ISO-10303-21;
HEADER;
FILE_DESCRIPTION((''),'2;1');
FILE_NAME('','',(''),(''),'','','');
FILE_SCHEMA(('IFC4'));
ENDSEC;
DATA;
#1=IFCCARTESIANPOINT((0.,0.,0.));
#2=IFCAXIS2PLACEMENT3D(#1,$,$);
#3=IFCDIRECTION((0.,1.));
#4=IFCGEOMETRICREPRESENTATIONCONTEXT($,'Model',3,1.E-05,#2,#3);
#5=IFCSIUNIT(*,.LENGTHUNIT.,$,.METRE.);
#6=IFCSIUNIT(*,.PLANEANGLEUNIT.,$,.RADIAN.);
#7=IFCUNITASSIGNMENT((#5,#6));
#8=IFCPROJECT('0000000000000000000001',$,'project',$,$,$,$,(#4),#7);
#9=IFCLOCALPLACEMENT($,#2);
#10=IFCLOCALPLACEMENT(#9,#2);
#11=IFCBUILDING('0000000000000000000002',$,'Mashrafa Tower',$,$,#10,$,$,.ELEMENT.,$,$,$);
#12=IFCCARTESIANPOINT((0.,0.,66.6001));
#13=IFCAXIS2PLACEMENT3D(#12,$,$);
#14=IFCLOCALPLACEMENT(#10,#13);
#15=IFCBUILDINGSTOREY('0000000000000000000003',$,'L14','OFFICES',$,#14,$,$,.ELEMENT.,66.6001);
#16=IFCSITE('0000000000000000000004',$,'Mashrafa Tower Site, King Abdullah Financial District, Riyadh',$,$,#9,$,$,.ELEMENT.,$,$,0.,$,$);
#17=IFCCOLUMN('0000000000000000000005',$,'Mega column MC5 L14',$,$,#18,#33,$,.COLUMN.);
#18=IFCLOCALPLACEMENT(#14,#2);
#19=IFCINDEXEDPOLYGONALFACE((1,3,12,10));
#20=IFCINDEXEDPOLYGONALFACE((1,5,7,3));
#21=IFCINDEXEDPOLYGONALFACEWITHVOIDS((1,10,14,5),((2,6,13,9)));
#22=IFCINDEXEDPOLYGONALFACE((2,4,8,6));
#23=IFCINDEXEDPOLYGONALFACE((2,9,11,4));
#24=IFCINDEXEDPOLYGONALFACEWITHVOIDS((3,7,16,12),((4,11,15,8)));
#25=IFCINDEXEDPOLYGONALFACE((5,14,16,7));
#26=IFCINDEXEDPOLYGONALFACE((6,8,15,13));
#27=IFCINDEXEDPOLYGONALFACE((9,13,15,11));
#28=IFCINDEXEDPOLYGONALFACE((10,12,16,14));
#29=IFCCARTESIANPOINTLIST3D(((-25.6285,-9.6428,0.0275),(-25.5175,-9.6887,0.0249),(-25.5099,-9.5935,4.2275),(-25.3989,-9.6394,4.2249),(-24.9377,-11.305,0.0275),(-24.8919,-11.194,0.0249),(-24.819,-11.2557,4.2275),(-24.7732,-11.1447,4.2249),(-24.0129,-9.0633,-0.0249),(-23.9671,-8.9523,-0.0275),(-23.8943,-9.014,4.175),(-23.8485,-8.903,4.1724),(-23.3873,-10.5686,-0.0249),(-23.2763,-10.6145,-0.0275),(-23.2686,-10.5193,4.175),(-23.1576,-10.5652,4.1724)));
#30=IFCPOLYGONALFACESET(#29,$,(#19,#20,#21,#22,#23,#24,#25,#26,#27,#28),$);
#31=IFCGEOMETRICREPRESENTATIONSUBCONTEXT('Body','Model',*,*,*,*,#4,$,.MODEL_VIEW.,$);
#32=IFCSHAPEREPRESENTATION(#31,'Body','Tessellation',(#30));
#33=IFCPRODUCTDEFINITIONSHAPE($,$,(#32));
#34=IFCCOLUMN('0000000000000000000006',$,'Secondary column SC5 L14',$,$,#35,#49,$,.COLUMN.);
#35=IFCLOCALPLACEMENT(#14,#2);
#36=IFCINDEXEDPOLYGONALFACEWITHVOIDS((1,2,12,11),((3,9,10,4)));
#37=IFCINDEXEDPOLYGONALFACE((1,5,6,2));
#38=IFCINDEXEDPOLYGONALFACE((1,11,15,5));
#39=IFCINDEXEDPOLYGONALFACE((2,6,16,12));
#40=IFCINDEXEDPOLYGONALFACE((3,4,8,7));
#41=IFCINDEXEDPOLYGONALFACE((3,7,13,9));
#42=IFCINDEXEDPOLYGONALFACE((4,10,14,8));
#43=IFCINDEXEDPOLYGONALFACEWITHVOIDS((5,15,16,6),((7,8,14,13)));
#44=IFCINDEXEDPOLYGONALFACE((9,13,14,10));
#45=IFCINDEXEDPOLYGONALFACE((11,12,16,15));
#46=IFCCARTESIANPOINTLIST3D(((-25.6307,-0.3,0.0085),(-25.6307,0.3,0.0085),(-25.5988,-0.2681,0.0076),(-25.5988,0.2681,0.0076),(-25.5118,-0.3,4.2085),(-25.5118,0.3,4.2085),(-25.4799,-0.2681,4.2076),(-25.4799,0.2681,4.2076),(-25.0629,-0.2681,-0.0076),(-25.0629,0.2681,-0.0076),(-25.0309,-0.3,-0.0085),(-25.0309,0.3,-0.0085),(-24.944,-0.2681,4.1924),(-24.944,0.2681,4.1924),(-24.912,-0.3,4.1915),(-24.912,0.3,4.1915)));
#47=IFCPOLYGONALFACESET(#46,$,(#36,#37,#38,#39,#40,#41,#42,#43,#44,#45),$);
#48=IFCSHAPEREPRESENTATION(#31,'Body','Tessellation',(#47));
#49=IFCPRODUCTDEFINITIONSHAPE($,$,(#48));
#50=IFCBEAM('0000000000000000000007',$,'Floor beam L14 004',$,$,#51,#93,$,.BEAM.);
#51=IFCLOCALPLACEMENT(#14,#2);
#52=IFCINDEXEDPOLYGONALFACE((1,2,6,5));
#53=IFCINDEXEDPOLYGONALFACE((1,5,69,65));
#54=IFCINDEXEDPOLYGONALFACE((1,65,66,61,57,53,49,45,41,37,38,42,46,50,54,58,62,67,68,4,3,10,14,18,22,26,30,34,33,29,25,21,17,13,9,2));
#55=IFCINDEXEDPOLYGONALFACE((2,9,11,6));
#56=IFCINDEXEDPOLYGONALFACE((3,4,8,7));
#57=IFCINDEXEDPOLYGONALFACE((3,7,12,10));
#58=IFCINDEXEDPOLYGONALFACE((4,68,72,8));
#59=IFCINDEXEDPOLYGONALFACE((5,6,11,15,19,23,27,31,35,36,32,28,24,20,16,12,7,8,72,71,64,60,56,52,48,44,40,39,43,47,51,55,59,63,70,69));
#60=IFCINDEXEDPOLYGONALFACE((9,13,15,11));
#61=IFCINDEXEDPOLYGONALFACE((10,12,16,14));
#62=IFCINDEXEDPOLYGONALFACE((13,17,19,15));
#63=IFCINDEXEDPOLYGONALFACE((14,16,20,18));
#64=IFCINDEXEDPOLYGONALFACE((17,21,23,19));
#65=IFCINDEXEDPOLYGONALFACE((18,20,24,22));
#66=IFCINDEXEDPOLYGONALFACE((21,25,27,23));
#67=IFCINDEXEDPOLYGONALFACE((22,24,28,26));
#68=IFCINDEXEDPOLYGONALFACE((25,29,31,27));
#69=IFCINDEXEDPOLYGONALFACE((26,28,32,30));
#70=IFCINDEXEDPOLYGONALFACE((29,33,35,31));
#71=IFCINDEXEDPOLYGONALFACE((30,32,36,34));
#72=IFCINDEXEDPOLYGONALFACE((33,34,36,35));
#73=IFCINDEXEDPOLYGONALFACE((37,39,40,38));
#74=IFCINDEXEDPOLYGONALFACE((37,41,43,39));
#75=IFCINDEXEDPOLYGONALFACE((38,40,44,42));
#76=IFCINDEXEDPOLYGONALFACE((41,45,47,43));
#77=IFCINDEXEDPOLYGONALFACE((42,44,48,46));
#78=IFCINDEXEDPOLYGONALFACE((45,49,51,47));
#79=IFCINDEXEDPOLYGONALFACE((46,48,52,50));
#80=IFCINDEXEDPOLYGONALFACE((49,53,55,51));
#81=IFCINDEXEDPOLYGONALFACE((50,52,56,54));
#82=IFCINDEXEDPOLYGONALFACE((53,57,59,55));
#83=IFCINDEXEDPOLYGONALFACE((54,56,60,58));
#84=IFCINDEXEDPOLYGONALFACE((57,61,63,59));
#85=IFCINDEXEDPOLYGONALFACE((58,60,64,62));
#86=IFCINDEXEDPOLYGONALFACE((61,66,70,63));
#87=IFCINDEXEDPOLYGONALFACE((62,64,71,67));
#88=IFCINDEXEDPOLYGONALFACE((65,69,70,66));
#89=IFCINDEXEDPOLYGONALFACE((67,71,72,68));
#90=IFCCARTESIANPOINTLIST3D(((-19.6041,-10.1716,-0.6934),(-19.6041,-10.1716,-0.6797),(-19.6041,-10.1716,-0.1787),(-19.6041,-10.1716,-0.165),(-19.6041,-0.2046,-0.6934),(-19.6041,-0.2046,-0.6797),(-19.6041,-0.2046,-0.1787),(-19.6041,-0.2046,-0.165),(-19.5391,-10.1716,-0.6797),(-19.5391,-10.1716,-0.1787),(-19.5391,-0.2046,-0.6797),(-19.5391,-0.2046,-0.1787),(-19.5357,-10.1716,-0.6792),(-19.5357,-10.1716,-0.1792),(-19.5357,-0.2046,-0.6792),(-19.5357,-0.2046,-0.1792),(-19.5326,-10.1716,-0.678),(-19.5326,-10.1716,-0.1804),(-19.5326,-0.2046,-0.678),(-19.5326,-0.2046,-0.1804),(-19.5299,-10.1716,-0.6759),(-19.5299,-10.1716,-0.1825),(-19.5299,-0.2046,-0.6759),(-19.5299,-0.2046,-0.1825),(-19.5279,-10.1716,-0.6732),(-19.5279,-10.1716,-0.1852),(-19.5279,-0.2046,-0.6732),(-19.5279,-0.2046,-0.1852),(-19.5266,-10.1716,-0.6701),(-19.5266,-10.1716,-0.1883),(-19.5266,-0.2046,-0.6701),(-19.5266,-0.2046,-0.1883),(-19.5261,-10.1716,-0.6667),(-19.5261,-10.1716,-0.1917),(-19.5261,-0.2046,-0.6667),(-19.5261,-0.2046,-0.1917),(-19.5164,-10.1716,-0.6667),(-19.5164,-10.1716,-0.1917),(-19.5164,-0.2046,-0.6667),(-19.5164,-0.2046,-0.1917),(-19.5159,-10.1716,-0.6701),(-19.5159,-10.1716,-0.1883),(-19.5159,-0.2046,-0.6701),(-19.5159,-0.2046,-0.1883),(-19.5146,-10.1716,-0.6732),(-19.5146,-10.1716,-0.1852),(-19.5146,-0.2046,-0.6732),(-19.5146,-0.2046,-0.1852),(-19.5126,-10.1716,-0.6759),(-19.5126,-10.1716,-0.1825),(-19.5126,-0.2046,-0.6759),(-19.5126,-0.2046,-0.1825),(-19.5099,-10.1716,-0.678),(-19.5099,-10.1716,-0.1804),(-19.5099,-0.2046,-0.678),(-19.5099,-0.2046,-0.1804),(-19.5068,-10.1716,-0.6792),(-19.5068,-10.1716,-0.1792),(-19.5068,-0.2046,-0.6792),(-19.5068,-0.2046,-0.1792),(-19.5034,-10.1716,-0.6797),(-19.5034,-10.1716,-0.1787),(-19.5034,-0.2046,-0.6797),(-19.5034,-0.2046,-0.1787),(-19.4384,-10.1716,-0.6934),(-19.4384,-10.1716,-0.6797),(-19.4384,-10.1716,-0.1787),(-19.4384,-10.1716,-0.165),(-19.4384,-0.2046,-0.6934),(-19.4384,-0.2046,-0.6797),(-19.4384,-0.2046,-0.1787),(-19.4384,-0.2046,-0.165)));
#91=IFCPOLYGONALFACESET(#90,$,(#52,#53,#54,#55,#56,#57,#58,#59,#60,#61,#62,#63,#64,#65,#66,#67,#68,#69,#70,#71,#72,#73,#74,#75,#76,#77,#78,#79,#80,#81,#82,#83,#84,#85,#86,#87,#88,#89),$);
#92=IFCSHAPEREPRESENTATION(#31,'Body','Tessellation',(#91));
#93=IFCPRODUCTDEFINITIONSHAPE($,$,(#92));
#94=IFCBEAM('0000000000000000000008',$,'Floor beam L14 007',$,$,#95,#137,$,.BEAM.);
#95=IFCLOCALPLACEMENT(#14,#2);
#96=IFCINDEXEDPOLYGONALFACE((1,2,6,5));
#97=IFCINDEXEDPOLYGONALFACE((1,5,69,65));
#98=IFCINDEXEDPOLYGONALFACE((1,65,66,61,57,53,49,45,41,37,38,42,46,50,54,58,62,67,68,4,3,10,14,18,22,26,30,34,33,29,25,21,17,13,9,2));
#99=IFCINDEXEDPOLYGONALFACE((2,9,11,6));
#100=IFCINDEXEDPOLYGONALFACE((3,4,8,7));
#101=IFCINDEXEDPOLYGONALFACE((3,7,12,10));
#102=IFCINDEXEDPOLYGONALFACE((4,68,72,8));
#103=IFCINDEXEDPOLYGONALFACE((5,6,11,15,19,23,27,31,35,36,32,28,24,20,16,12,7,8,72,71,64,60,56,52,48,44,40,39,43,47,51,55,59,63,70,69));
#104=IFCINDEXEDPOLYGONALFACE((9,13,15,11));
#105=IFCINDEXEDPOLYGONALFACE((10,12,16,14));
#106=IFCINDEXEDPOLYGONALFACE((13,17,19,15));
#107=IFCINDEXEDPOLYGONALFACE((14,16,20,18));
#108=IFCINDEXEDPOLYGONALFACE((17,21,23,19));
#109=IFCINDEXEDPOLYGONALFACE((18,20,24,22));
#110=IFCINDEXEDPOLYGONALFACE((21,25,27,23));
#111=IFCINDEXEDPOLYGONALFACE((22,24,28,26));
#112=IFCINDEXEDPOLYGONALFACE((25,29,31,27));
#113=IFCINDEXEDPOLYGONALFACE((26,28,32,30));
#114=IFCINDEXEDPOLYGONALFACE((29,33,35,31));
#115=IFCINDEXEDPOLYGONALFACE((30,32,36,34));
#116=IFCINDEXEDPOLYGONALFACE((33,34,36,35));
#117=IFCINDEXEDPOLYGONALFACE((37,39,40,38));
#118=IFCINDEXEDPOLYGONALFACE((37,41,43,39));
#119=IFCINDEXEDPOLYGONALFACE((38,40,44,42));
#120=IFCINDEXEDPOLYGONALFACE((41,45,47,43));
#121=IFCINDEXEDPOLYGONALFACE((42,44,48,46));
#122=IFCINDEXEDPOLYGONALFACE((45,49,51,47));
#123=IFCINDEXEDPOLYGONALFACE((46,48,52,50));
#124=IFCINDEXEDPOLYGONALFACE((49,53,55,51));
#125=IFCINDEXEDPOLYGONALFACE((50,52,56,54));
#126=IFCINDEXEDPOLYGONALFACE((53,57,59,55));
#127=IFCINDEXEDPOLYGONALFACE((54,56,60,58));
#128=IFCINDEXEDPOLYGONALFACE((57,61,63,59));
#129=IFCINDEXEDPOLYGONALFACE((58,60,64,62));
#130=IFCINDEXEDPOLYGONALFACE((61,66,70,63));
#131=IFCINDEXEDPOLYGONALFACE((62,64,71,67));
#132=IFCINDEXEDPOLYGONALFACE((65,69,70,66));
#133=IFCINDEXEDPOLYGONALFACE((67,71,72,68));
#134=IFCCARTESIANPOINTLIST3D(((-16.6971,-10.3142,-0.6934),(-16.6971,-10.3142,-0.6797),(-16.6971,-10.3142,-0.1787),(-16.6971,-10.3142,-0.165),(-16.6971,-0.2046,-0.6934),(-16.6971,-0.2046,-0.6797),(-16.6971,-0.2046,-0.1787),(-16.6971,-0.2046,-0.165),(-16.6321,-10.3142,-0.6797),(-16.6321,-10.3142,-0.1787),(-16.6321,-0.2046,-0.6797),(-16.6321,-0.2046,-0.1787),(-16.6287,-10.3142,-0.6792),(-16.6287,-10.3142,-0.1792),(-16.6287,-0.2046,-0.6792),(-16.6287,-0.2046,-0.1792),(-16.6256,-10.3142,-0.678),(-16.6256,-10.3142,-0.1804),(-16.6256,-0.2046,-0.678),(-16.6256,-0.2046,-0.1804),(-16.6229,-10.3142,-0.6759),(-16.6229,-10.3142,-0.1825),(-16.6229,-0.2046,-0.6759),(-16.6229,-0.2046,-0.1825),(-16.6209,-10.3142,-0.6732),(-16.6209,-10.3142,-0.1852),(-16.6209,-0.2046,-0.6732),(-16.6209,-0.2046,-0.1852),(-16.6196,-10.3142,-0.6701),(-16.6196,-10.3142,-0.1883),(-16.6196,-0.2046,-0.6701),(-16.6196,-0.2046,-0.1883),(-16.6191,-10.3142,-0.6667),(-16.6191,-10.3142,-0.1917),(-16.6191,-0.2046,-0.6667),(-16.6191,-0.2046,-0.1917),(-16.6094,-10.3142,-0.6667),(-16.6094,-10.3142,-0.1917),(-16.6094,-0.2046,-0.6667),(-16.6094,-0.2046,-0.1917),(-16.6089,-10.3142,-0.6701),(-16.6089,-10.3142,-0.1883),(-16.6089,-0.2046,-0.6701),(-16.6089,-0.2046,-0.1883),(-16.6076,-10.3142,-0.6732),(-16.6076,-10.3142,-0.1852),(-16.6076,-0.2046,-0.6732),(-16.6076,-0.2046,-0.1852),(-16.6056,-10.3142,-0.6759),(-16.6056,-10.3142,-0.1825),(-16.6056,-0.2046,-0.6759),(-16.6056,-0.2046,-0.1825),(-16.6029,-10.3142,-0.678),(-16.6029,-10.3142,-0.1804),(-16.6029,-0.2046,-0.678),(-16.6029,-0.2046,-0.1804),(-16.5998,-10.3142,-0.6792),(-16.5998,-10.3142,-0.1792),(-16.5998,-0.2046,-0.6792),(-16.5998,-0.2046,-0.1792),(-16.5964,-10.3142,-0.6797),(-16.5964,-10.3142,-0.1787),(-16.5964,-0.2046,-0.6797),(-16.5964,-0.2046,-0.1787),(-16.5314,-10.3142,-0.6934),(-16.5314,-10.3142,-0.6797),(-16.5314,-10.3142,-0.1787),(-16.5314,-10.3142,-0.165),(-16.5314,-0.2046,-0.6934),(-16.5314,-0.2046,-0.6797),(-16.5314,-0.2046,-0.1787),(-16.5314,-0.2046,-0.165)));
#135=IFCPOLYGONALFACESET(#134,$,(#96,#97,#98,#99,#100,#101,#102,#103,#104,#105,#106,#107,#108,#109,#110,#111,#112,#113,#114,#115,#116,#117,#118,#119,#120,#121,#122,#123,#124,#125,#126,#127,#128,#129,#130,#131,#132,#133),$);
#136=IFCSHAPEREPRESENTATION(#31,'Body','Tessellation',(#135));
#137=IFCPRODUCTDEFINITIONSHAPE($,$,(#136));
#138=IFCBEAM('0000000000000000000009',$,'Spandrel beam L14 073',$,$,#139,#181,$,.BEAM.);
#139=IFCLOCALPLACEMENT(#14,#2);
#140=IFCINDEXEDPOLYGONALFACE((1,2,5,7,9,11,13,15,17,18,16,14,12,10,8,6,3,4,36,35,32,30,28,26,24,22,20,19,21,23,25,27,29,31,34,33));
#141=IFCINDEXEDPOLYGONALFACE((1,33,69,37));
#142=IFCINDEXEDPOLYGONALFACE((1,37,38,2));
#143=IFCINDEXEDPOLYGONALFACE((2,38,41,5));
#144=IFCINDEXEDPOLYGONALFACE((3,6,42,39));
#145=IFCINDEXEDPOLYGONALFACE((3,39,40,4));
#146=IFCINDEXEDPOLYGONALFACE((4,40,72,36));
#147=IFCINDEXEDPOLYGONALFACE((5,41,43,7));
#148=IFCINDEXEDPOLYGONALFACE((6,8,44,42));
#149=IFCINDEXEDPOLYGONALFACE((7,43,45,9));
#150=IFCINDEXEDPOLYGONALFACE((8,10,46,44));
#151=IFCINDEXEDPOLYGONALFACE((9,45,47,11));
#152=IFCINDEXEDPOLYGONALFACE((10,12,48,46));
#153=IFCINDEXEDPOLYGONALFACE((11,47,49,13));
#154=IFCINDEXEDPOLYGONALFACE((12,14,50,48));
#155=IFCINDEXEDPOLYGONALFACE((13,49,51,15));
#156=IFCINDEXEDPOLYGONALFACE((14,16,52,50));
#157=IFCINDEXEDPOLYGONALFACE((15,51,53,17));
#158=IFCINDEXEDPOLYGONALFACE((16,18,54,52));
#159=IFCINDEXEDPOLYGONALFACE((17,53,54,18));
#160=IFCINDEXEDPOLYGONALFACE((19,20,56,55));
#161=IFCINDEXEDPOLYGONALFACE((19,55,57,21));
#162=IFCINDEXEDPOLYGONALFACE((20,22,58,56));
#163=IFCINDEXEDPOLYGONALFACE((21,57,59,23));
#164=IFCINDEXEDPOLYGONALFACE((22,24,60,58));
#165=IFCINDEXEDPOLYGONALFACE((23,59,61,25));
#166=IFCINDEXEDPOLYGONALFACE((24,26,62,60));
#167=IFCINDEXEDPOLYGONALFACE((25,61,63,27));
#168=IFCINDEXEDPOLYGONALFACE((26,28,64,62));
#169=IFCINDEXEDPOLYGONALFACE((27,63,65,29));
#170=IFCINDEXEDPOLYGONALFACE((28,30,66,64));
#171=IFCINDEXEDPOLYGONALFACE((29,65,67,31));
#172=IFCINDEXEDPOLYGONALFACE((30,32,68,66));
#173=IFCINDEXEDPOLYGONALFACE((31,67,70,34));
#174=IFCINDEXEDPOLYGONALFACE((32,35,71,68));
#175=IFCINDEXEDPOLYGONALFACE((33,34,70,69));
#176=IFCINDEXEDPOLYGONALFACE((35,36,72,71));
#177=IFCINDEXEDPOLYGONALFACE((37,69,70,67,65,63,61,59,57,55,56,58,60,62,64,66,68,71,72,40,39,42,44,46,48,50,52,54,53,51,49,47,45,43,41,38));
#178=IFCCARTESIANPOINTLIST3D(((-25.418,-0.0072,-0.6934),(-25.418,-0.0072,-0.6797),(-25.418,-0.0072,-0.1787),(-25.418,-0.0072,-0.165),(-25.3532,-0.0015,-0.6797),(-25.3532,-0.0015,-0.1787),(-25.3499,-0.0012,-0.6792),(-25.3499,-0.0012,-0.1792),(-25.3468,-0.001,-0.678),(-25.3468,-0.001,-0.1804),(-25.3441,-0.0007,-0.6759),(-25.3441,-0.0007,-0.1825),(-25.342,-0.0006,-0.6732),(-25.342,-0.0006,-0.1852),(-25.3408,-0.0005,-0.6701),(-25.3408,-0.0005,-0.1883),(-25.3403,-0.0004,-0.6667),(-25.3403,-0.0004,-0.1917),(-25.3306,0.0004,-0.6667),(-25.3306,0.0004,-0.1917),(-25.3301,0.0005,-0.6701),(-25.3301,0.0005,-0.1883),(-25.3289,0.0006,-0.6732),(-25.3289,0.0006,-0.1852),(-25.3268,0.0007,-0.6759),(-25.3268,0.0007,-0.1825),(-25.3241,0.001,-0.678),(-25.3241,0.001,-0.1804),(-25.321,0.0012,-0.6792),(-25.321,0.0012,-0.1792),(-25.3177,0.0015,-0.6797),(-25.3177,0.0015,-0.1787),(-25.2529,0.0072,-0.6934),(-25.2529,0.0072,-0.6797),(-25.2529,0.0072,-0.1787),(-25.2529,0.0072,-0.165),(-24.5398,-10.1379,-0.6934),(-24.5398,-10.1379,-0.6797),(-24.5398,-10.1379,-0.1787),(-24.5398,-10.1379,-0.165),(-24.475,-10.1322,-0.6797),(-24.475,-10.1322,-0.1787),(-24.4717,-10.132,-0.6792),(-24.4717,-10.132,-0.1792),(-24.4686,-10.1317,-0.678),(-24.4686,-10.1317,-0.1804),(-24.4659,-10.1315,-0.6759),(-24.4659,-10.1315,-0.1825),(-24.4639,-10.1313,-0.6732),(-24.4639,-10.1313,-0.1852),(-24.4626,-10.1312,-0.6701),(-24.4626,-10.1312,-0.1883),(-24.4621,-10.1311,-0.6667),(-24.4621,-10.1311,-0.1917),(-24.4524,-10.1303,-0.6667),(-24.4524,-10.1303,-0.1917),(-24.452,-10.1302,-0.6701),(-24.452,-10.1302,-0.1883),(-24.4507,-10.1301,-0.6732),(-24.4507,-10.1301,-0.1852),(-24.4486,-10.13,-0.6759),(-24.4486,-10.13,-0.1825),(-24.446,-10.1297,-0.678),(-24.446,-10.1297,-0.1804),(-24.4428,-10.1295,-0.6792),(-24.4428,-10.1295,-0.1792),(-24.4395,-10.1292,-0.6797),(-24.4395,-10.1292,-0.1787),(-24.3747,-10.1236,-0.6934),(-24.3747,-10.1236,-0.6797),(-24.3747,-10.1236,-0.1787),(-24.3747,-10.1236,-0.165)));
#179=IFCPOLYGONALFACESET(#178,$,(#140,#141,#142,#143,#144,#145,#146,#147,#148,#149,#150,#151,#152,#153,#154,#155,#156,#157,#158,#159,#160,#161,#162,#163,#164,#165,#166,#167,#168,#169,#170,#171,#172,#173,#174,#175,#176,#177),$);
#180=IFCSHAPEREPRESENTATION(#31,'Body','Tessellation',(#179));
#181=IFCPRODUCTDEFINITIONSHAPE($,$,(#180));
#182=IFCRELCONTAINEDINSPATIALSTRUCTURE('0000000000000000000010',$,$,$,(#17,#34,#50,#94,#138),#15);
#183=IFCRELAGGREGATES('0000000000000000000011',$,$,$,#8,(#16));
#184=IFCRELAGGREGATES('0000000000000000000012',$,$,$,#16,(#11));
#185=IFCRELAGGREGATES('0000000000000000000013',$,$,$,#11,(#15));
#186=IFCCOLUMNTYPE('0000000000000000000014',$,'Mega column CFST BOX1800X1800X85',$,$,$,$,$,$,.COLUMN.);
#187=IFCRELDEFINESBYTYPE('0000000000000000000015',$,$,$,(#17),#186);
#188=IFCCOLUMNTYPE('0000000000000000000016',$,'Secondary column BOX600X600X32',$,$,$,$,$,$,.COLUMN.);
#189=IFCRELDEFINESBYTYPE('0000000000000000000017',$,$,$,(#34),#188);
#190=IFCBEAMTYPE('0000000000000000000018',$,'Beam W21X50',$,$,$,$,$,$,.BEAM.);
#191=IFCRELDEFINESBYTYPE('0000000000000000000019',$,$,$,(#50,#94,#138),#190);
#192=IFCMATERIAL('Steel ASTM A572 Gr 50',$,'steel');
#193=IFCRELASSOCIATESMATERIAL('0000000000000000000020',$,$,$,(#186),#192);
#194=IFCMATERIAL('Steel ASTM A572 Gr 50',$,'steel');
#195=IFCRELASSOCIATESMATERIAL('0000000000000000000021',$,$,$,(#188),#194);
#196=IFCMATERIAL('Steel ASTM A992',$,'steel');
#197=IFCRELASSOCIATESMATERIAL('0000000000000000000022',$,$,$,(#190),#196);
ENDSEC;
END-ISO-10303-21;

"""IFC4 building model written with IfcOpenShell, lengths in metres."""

from ifc_helpers import new_model, si_unit, direction, frame, origin, origin_2d, place, context, subcontext, project, spatial, hollow_rectangle, i_section, extrude, material, material_profile, profile_set, type_object, element, save


model = new_model("IFC4")

# Units and contexts
model_context = context("Model", 3, precision=1e-05, world=origin(), true_north=direction((0.0, 1.0)))
body_context = subcontext(model_context, "Body", "Model", "MODEL_VIEW")
ifc_project = project(units=[si_unit("LENGTHUNIT", "METRE"), si_unit("PLANEANGLEUNIT", "RADIAN")], contexts=[model_context])

# Site, building, storey
site_placement = place(None, origin())
site = spatial("IfcSite", under=ifc_project, at=site_placement, Name="Mashrafa Tower Site, King Abdullah Financial District, Riyadh", CompositionType="ELEMENT", RefElevation=0.0)
building_placement = place(site_placement, origin())
building = spatial("IfcBuilding", under=site, at=building_placement, Name="Mashrafa Tower", CompositionType="ELEMENT")
storey_placement = place(building_placement, frame((0.0, 0.0, 66.6001)))
storey = spatial("IfcBuildingStorey", under=building, at=storey_placement, Name="L14", Description="OFFICES", CompositionType="ELEMENT", Elevation=66.6001)

# Columns
ifc_material_1 = material(Name="Steel ASTM A572 Gr 50", Category="steel")
ifc_material_profile_1 = material_profile(ifc_material_1, hollow_rectangle(XDim=1.8, YDim=1.8, WallThickness=0.085, at=origin_2d()), Name="BOX1800X1800X85")
ifc_profile_set_1 = profile_set([ifc_material_profile_1], Name="Steel ASTM A572 Gr 50")
column_type_1 = type_object("IfcColumnType", Name="Mega column CFST BOX1800X1800X85", PredefinedType="COLUMN", material=ifc_profile_set_1)
column_1_placement = place(storey_placement, frame((-24.4524, -10.1287, 0.0), z_axis=(0.028238, 0.011737, 0.999532), x_axis=(-0.383806, 0.923414, 0.0)))
element("IfcColumn", 1, at=column_1_placement, inside=storey, type_object=column_type_1, Name="Mega column MC5 L14", PredefinedType="COLUMN", context=body_context, shape_type="SweptSolid", body=[
    extrude(hollow_rectangle(XDim=1.8, YDim=1.8, WallThickness=0.085, at=origin_2d()), origin(), (0.0, 0.0, 1.0), 4.2019),
])
ifc_material_2 = material(Name="Steel ASTM A572 Gr 50", Category="steel")
ifc_material_profile_2 = material_profile(ifc_material_2, hollow_rectangle(XDim=0.6001, YDim=0.6001, WallThickness=0.032, at=origin_2d()), Name="BOX600X600X32")
ifc_profile_set_2 = profile_set([ifc_material_profile_2], Name="Steel ASTM A572 Gr 50")
column_type_2 = type_object("IfcColumnType", Name="Secondary column BOX600X600X32", PredefinedType="COLUMN", material=ifc_profile_set_2)
column_2_placement = place(storey_placement, frame((-25.3308, 0.0, 0.0), z_axis=(0.028298, 0.0, 0.9996), x_axis=(0.0, 1.0, 0.0)))
element("IfcColumn", 2, at=column_2_placement, inside=storey, type_object=column_type_2, Name="Secondary column SC5 L14", PredefinedType="COLUMN", context=body_context, shape_type="SweptSolid", body=[
    extrude(hollow_rectangle(XDim=0.6001, YDim=0.6001, WallThickness=0.032, at=origin_2d()), origin(), (0.0, 0.0, 1.0), 4.2017),
])

# Beams
ifc_material_3 = material(Name="Steel ASTM A992", Category="steel")
ifc_material_profile_3 = material_profile(ifc_material_3, i_section(OverallWidth=0.1658, OverallDepth=0.5283, WebThickness=0.0098, FlangeThickness=0.0137, FilletRadius=0.0129, at=origin_2d()), Name="W21X50")
ifc_profile_set_3 = profile_set([ifc_material_profile_3], Name="Steel ASTM A992")
beam_type_1 = type_object("IfcBeamType", Name="Beam W21X50", PredefinedType="BEAM", material=ifc_profile_set_3)
beam_1_placement = place(storey_placement, frame((-19.5212, -10.1716, -0.4292), z_axis=(0.0, 1.0, 0.0), x_axis=(-1.0, 0.0, 0.0)))
element("IfcBeam", 3, at=beam_1_placement, inside=storey, type_object=beam_type_1, Name="Floor beam L14 004", PredefinedType="BEAM", context=body_context, shape_type="SweptSolid", body=[
    extrude(i_section(OverallWidth=0.1658, OverallDepth=0.5283, WebThickness=0.0098, FlangeThickness=0.0137, FilletRadius=0.0129, at=origin_2d()), origin(), (0.0, 0.0, 1.0), 9.967),
])
beam_2_placement = place(storey_placement, frame((-16.6143, -10.3142, -0.4292), z_axis=(0.0, 1.0, 0.0), x_axis=(-1.0, 0.0, 0.0)))
element("IfcBeam", 4, at=beam_2_placement, inside=storey, type_object=beam_type_1, Name="Floor beam L14 007", PredefinedType="BEAM", context=body_context, shape_type="SweptSolid", body=[
    extrude(i_section(OverallWidth=0.1658, OverallDepth=0.5283, WebThickness=0.0098, FlangeThickness=0.0137, FilletRadius=0.0129, at=origin_2d()), origin(), (0.0, 0.0, 1.0), 10.1096),
])
beam_3_placement = place(storey_placement, frame((-25.3354, 0.0, -0.4292), z_axis=(0.086361, -0.996264, 0.0), x_axis=(0.996264, 0.086361, 0.0)))
element("IfcBeam", 5, at=beam_3_placement, inside=storey, type_object=beam_type_1, Name="Spandrel beam L14 073", PredefinedType="BEAM", context=body_context, shape_type="SweptSolid", body=[
    extrude(i_section(OverallWidth=0.1658, OverallDepth=0.5283, WebThickness=0.0098, FlangeThickness=0.0137, FilletRadius=0.0129, at=origin_2d()), origin(), (0.0, 0.0, 1.0), 10.1687),
])

save(model, "model.ifc")
